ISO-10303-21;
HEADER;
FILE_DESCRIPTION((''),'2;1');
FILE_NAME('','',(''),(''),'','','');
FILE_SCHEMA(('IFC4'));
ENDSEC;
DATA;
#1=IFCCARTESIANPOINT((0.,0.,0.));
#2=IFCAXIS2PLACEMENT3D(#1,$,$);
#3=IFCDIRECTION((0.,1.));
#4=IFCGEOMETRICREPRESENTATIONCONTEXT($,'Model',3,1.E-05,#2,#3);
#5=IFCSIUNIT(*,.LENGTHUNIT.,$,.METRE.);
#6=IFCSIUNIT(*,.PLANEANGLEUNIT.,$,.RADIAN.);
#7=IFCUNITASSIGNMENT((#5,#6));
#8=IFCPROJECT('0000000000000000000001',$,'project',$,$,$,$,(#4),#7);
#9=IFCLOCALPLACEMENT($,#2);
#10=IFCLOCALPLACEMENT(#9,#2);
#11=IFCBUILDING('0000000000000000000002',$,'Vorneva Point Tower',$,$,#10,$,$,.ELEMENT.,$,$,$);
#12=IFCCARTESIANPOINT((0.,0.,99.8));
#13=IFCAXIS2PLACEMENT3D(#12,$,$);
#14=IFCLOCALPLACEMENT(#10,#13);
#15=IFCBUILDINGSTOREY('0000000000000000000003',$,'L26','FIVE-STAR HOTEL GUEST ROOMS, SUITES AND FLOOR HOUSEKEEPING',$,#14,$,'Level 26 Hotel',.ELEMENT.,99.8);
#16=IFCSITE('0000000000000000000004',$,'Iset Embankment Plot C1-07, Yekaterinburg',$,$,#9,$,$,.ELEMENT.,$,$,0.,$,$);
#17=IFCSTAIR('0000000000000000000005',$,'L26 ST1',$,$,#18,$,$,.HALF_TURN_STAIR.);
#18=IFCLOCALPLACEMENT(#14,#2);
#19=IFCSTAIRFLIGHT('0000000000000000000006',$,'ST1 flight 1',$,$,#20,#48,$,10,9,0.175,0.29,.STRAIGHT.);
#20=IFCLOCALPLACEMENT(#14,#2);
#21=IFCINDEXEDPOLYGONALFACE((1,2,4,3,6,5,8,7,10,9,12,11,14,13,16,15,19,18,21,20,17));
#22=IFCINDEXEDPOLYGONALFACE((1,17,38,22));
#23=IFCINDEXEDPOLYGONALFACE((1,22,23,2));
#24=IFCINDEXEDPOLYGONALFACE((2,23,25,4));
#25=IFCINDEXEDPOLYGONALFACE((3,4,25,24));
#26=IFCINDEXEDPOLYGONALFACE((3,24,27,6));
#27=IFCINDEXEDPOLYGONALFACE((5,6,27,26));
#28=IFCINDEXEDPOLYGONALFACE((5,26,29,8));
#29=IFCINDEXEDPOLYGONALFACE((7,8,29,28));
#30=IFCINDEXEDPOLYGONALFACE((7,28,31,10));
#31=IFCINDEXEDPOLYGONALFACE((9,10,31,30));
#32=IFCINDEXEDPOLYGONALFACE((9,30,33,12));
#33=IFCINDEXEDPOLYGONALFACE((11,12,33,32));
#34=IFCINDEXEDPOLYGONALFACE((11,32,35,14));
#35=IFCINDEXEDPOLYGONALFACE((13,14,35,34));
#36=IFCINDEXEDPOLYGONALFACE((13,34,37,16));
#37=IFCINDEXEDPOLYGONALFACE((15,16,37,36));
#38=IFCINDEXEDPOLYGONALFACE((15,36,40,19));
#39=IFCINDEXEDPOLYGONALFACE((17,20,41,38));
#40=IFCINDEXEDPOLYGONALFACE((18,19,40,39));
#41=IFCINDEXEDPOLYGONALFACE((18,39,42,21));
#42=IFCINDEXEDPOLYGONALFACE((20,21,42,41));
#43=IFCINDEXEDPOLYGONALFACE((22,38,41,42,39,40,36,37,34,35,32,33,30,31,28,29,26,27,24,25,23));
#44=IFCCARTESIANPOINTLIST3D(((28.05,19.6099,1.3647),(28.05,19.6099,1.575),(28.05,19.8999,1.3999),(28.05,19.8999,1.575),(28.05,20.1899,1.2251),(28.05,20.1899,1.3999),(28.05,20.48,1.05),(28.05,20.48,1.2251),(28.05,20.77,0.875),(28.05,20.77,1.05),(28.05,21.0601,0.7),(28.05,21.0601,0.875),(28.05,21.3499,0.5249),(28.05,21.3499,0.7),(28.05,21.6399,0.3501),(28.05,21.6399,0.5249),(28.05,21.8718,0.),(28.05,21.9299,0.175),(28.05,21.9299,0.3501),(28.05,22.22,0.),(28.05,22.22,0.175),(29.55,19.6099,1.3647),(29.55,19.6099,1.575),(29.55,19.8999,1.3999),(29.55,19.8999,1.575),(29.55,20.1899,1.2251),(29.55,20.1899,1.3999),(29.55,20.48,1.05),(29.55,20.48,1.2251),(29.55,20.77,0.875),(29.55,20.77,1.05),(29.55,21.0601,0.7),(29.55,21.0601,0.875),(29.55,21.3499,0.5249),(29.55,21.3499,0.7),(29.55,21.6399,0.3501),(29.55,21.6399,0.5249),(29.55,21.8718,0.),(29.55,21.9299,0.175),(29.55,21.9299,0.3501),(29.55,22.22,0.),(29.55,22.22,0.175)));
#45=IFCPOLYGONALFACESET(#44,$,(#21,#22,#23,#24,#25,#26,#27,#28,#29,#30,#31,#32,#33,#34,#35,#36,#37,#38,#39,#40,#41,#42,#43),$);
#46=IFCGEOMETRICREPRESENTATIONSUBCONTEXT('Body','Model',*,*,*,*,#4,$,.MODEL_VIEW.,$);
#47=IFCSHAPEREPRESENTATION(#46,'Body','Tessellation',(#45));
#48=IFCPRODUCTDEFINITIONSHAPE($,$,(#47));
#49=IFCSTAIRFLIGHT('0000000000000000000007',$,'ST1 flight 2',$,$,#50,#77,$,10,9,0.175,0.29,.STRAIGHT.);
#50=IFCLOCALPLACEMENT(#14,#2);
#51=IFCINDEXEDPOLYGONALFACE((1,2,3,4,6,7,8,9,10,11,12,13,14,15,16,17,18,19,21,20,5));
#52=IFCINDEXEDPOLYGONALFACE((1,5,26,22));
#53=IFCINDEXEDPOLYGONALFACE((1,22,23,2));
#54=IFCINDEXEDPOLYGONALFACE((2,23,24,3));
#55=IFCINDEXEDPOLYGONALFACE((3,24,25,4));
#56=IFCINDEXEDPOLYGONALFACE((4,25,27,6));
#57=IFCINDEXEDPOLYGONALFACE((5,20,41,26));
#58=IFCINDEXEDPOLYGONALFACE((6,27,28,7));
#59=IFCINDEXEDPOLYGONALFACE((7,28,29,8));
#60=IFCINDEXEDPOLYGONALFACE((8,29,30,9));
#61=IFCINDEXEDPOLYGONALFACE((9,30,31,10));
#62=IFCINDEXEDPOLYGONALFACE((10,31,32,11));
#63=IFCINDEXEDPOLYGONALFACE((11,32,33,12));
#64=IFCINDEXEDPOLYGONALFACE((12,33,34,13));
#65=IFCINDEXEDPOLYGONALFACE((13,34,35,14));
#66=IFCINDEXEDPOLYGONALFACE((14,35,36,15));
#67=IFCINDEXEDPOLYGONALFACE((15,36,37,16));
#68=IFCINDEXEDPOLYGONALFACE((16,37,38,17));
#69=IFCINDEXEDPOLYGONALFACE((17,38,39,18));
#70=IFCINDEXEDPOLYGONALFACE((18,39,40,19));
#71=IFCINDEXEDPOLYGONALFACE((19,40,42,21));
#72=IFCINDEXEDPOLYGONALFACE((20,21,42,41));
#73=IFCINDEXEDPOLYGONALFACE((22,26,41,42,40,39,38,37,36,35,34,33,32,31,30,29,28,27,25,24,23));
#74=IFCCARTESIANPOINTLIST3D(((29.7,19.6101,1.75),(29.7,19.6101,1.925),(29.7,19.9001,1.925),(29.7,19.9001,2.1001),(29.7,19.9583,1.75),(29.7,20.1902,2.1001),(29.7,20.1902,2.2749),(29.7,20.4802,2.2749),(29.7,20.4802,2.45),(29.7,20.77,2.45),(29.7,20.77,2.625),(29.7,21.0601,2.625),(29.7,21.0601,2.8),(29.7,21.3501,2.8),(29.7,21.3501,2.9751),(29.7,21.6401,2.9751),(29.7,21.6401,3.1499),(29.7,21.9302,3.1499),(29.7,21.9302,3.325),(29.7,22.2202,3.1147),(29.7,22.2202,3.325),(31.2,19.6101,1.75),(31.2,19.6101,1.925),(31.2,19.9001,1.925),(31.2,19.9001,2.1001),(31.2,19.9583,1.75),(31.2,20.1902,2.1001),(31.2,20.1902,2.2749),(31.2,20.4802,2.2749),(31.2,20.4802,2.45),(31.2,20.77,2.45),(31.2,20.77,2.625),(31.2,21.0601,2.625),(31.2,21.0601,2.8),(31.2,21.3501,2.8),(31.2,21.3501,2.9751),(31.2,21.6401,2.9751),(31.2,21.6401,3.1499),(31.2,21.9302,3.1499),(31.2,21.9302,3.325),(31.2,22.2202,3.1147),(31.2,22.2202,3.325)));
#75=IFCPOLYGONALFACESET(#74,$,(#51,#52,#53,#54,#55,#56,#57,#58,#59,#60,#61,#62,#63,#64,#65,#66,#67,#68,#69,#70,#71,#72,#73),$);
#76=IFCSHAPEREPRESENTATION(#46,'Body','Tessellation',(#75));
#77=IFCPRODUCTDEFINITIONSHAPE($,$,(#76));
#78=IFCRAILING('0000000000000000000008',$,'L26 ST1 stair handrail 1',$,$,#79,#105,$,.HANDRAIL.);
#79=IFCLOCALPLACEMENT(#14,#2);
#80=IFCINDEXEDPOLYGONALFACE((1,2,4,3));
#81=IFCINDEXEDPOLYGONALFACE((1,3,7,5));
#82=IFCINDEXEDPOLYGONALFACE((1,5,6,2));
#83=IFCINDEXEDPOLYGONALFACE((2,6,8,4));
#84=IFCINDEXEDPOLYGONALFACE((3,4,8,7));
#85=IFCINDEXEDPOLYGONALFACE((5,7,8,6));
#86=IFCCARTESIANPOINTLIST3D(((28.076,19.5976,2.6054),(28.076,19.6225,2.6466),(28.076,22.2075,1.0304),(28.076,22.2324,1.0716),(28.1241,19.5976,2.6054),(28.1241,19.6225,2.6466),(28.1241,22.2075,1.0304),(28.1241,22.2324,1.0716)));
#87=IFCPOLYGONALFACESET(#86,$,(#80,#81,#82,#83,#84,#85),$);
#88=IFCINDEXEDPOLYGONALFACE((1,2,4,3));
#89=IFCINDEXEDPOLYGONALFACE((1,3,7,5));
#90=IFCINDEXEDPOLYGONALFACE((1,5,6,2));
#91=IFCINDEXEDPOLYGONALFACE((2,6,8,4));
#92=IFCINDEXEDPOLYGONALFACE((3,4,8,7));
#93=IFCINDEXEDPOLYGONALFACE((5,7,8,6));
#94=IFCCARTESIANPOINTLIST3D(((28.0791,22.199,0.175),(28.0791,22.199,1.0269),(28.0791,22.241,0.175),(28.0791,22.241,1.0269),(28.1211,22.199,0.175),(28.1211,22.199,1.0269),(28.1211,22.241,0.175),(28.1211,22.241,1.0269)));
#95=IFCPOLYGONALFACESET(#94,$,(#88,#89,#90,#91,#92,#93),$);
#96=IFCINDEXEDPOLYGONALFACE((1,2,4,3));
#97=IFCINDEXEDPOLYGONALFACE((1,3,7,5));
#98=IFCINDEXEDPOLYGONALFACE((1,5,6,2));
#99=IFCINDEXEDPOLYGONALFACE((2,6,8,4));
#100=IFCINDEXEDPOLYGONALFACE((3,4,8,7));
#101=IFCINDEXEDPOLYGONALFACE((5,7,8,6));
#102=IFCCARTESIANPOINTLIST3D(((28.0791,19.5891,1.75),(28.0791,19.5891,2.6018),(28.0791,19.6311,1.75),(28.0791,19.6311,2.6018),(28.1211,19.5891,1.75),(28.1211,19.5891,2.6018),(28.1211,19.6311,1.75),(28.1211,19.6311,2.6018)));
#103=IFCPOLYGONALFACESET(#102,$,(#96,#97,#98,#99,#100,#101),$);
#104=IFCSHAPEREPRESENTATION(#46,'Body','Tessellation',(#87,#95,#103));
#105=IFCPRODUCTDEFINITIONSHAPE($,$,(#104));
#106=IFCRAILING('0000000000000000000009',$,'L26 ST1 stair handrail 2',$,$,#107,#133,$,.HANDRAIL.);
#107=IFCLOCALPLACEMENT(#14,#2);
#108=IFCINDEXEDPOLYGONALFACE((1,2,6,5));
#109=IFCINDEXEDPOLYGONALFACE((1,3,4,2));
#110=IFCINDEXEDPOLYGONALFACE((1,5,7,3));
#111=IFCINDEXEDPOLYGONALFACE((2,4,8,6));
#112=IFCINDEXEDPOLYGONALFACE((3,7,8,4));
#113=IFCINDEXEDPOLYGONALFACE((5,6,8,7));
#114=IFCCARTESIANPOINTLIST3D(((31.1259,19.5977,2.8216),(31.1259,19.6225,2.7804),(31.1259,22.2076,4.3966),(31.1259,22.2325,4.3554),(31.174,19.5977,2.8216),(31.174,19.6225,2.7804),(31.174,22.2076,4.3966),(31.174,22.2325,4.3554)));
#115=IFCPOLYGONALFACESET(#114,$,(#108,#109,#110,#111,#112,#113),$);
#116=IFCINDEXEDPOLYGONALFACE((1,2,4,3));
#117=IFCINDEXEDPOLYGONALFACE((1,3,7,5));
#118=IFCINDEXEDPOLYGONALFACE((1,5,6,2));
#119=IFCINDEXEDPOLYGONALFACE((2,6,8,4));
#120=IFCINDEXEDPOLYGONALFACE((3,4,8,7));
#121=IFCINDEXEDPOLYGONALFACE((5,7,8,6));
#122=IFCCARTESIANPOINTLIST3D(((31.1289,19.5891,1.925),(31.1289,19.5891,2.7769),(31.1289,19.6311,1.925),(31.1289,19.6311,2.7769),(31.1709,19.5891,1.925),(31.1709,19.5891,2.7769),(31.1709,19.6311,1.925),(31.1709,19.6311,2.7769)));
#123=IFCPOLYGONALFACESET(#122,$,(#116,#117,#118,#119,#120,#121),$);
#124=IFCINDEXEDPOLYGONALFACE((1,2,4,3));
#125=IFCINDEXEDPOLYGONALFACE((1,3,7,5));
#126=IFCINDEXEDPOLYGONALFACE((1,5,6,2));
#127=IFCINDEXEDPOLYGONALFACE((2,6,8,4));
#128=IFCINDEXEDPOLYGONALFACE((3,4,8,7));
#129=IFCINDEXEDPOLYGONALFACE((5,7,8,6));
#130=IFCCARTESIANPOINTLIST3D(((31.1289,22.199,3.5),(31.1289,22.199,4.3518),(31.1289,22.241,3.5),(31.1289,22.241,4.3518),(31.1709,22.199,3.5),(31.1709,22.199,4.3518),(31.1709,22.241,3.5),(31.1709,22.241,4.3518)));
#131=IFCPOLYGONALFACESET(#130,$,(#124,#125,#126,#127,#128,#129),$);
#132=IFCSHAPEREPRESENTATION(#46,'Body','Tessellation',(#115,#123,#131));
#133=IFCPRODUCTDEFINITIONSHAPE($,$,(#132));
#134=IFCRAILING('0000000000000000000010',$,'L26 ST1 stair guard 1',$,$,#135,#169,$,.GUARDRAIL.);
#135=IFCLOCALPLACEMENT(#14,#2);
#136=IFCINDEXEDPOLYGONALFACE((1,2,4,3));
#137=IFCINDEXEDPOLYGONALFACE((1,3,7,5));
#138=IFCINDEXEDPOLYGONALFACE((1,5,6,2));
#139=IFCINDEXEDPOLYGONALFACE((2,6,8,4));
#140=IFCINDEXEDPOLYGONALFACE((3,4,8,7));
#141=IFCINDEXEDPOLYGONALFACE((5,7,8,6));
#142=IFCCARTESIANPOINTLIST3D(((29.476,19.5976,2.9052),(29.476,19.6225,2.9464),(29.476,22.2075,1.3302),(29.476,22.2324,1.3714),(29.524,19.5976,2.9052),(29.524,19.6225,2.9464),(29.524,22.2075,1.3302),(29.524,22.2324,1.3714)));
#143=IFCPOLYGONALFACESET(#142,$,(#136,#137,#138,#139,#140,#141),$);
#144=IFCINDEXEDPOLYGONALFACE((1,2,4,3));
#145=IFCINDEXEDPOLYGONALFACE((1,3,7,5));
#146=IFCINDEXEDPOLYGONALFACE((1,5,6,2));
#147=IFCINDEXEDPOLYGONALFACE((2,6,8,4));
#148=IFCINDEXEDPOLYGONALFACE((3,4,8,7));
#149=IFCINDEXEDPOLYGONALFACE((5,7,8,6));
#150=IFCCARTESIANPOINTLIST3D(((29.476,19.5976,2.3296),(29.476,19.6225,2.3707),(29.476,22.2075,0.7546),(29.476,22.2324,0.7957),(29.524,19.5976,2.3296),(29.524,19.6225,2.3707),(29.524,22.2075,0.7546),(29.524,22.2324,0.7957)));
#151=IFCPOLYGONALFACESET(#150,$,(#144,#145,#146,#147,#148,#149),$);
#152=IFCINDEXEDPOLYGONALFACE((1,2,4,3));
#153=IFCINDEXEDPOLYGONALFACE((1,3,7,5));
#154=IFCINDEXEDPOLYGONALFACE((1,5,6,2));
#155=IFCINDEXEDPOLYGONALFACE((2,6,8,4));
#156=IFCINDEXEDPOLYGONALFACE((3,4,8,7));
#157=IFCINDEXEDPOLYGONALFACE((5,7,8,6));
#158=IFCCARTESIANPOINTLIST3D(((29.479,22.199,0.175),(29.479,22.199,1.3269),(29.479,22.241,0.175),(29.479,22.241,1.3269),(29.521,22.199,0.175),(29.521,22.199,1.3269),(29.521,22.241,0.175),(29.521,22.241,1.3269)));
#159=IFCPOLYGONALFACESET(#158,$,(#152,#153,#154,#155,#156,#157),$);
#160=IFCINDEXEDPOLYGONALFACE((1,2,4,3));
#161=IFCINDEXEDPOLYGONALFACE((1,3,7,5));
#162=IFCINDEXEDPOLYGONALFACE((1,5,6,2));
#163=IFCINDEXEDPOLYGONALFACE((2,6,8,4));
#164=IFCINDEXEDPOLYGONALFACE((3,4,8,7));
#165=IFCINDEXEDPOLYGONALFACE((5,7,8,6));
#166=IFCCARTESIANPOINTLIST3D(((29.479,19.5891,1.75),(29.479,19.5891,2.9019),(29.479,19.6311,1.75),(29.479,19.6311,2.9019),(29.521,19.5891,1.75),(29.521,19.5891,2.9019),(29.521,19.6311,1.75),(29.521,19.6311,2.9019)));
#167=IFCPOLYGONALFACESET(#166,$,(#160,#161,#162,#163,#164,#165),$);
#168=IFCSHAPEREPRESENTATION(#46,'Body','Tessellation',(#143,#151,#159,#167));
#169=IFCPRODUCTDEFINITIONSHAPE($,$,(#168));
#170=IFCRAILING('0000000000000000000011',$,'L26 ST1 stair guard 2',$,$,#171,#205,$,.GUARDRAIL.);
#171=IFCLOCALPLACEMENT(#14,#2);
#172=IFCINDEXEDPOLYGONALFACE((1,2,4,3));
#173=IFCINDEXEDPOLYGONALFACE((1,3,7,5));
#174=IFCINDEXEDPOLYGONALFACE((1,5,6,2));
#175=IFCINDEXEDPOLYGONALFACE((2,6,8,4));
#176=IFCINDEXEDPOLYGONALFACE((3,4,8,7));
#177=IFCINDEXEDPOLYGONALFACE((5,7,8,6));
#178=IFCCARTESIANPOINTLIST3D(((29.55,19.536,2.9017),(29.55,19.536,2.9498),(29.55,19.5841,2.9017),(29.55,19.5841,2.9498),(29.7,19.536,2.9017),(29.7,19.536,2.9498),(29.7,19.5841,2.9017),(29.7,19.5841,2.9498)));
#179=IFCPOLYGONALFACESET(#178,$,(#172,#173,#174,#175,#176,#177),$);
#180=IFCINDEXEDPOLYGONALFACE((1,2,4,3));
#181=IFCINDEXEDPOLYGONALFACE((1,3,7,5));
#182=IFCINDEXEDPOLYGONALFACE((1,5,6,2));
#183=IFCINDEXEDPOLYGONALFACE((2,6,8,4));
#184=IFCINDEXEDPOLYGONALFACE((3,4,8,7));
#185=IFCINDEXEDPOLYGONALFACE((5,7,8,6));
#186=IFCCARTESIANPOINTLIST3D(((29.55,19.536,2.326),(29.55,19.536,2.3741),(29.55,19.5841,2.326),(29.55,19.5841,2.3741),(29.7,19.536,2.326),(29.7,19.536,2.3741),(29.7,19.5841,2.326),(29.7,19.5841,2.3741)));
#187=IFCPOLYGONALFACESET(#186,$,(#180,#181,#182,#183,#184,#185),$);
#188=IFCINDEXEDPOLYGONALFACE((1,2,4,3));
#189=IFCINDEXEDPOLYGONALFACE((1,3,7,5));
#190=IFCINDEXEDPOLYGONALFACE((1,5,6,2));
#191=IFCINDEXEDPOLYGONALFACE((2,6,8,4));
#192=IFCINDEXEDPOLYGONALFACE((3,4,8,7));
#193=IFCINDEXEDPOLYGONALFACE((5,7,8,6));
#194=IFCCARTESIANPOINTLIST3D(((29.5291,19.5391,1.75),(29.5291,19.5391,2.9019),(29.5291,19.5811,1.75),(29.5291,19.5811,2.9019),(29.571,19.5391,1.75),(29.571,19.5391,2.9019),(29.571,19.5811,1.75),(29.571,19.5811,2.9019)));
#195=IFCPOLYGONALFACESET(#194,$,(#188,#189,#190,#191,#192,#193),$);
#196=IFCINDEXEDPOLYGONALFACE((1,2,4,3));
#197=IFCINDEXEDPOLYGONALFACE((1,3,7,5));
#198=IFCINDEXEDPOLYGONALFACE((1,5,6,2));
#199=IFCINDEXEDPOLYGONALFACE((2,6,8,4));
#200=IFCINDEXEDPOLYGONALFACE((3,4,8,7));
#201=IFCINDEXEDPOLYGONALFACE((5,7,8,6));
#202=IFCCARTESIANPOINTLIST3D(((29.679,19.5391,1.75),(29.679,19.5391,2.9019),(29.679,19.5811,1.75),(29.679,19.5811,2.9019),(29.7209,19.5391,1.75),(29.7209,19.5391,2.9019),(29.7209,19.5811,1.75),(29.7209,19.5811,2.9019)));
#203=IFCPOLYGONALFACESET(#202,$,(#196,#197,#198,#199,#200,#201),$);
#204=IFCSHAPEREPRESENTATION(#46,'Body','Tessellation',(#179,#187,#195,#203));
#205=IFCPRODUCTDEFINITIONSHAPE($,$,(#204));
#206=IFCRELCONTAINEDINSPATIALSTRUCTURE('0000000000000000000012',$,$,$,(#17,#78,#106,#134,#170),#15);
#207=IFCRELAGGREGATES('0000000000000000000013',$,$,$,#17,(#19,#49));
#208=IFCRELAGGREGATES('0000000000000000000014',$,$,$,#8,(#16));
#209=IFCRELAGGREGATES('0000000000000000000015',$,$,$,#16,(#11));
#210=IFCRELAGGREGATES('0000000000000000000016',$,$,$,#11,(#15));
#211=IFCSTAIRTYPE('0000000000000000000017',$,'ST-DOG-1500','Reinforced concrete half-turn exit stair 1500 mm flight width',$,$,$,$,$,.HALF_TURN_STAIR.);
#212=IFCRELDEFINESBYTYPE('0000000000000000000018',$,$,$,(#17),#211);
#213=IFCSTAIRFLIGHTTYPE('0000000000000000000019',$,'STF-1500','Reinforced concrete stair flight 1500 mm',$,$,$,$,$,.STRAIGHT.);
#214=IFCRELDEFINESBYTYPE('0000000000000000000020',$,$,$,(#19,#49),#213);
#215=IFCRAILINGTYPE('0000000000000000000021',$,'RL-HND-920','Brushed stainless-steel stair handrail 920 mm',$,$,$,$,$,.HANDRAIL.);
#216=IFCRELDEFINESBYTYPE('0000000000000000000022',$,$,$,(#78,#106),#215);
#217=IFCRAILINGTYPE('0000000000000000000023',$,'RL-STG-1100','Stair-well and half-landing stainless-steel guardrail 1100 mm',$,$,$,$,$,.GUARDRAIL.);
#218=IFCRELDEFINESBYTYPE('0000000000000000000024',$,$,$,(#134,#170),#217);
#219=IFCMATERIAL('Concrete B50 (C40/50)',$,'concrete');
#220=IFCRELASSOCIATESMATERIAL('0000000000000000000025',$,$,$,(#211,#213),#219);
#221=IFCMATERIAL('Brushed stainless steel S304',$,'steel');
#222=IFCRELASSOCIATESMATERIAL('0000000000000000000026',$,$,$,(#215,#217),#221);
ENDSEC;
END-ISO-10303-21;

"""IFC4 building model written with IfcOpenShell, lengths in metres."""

from ifc_helpers import new_model, si_unit, direction, frame, origin, origin_2d, place, context, subcontext, project, spatial, polyline, rectangle, outline, extrude, material, type_object, element, aggregate, save


model = new_model("IFC4")

# Units and contexts
model_context = context("Model", 3, precision=1e-05, world=origin(), true_north=direction((0.0, 1.0)))
body_context = subcontext(model_context, "Body", "Model", "MODEL_VIEW")
ifc_project = project(units=[si_unit("LENGTHUNIT", "METRE"), si_unit("PLANEANGLEUNIT", "RADIAN")], contexts=[model_context])

# Site, building, storey
site_placement = place(None, origin())
site = spatial("IfcSite", under=ifc_project, at=site_placement, Name="Iset Embankment Plot C1-07, Yekaterinburg", CompositionType="ELEMENT", RefElevation=0.0)
building_placement = place(site_placement, origin())
building = spatial("IfcBuilding", under=site, at=building_placement, Name="Vorneva Point Tower", CompositionType="ELEMENT")
storey_placement = place(building_placement, frame((0.0, 0.0, 99.8)))
storey = spatial("IfcBuildingStorey", under=building, at=storey_placement, Name="L26", Description="FIVE-STAR HOTEL GUEST ROOMS, SUITES AND FLOOR HOUSEKEEPING", LongName="Level 26 Hotel", CompositionType="ELEMENT", Elevation=99.8)

# Shared definitions
ifc_material_1 = material(Name="Concrete B50 (C40/50)", Category="concrete")

# Stair, stair flights
stair_type = type_object("IfcStairType", Name="ST-DOG-1500", Description="Reinforced concrete half-turn exit stair 1500 mm flight width", PredefinedType="HALF_TURN_STAIR", material=ifc_material_1)
stair_placement = place(storey_placement, origin())
stair = element("IfcStair", 1, at=stair_placement, inside=storey, type_object=stair_type, Name="L26 ST1", PredefinedType="HALF_TURN_STAIR")
stair_flight_type = type_object("IfcStairFlightType", Name="STF-1500", Description="Reinforced concrete stair flight 1500 mm", PredefinedType="STRAIGHT", material=ifc_material_1)
stair_flight_1_placement = place(storey_placement, frame((28.8, 22.22, 0.0), z_axis=(0.0, 0.0, 1.0), x_axis=(0.0, -1.0, 0.0)))
stair_flight_1 = element("IfcStairFlight", 2, at=stair_flight_1_placement, type_object=stair_flight_type, Name="ST1 flight 1", NumberOfRisers=10, NumberOfTreads=9, PredefinedType="STRAIGHT", RiserHeight=0.175, TreadLength=0.29, context=body_context, shape_type="SweptSolid", body=[
    extrude(outline(polyline([(0.0, 0.0), (0.0, 0.175), (0.29, 0.175), (0.29, 0.3501), (0.5801, 0.3501), (0.5801, 0.5249), (0.8701, 0.5249), (0.8701, 0.7), (1.1599, 0.7), (1.1599, 0.875), (1.45, 0.875), (1.45, 1.05), (1.74, 1.05), (1.74, 1.2251), (2.03, 1.2251), (2.03, 1.3999), (2.3201, 1.3999), (2.3201, 1.575), (2.6101, 1.575), (2.6101, 1.75), (2.6101, 1.3647), (0.3481, 0.0), (0.0, 0.0)])), frame((0.0, 0.75, 0.0), z_axis=(0.0, -1.0, 0.0), x_axis=(1.0, 0.0, 0.0)), (0.0, 0.0, 1.0), 1.5),
])
stair_flight_2_placement = place(storey_placement, frame((30.45, 19.6101, 1.75), z_axis=(0.0, 0.0, 1.0), x_axis=(0.0, 1.0, 0.0)))
stair_flight_2 = element("IfcStairFlight", 3, at=stair_flight_2_placement, type_object=stair_flight_type, Name="ST1 flight 2", NumberOfRisers=10, NumberOfTreads=9, PredefinedType="STRAIGHT", RiserHeight=0.175, TreadLength=0.29, context=body_context, shape_type="SweptSolid", body=[
    extrude(outline(polyline([(0.0, 0.0), (0.0, 0.175), (0.29, 0.175), (0.29, 0.3501), (0.5801, 0.3501), (0.5801, 0.5249), (0.8701, 0.5249), (0.8701, 0.7), (1.1599, 0.7), (1.1599, 0.875), (1.45, 0.875), (1.45, 1.05), (1.74, 1.05), (1.74, 1.2251), (2.03, 1.2251), (2.03, 1.3999), (2.3201, 1.3999), (2.3201, 1.575), (2.6101, 1.575), (2.6101, 1.75), (2.6101, 1.3647), (0.3481, 0.0), (0.0, 0.0)])), frame((0.0, 0.75, 0.0), z_axis=(0.0, -1.0, 0.0), x_axis=(1.0, 0.0, 0.0)), (0.0, 0.0, 1.0), 1.5),
])
aggregate(stair, [stair_flight_1, stair_flight_2])

# Railings
ifc_material_2 = material(Name="Brushed stainless steel S304", Category="steel")
railing_type_1 = type_object("IfcRailingType", Name="RL-HND-920", Description="Brushed stainless-steel stair handrail 920 mm", PredefinedType="HANDRAIL", material=ifc_material_2)
railing_1_placement = place(storey_placement, frame((28.1001, 22.22, 0.175)))
element("IfcRailing", 4, at=railing_1_placement, inside=storey, type_object=railing_type_1, Name="L26 ST1 stair handrail 1", PredefinedType="HANDRAIL", context=body_context, shape_type="SweptSolid", body=[
    extrude(rectangle(XDim=0.0481, YDim=0.0481, at=origin_2d()), frame((0.0, 0.0, 0.876), z_axis=(0.0, -0.856183, 0.516673), x_axis=(1.0, 0.0, 0.0)), (0.0, 0.0, 1.0), 3.0483),
    extrude(rectangle(XDim=0.042, YDim=0.042, at=origin_2d()), origin(), (0.0, 0.0, 1.0), 0.8518),
    extrude(rectangle(XDim=0.042, YDim=0.042, at=origin_2d()), frame((0.0, -2.6099, 1.575)), (0.0, 0.0, 1.0), 0.8518),
])
railing_2_placement = place(storey_placement, frame((31.1499, 19.6101, 1.925)))
element("IfcRailing", 5, at=railing_2_placement, inside=storey, type_object=railing_type_1, Name="L26 ST1 stair handrail 2", PredefinedType="HANDRAIL", context=body_context, shape_type="SweptSolid", body=[
    extrude(rectangle(XDim=0.0481, YDim=0.0481, at=origin_2d()), frame((0.0, 0.0, 0.876), z_axis=(0.0, 0.856183, 0.516673), x_axis=(-1.0, 0.0, 0.0)), (0.0, 0.0, 1.0), 3.0483),
    extrude(rectangle(XDim=0.042, YDim=0.042, at=origin_2d()), origin(), (0.0, 0.0, 1.0), 0.8518),
    extrude(rectangle(XDim=0.042, YDim=0.042, at=origin_2d()), frame((0.0, 2.6099, 1.575)), (0.0, 0.0, 1.0), 0.8518),
])
railing_type_2 = type_object("IfcRailingType", Name="RL-STG-1100", Description="Stair-well and half-landing stainless-steel guardrail 1100 mm", PredefinedType="GUARDRAIL", material=ifc_material_2)
railing_3_placement = place(storey_placement, frame((29.5, 22.22, 0.175)))
element("IfcRailing", 6, at=railing_3_placement, inside=storey, type_object=railing_type_2, Name="L26 ST1 stair guard 1", PredefinedType="GUARDRAIL", context=body_context, shape_type="SweptSolid", body=[
    extrude(rectangle(XDim=0.0481, YDim=0.0481, at=origin_2d()), frame((0.0, 0.0, 1.1758), z_axis=(0.0, -0.856183, 0.516673), x_axis=(1.0, 0.0, 0.0)), (0.0, 0.0, 1.0), 3.0483),
    extrude(rectangle(XDim=0.0481, YDim=0.0481, at=origin_2d()), frame((0.0, 0.0, 0.6001), z_axis=(0.0, -0.856183, 0.516673), x_axis=(1.0, 0.0, 0.0)), (0.0, 0.0, 1.0), 3.0483),
    extrude(rectangle(XDim=0.042, YDim=0.042, at=origin_2d()), origin(), (0.0, 0.0, 1.0), 1.1519),
    extrude(rectangle(XDim=0.042, YDim=0.042, at=origin_2d()), frame((0.0, -2.6099, 1.575)), (0.0, 0.0, 1.0), 1.1519),
])
railing_4_placement = place(storey_placement, frame((29.55, 19.5601, 1.75)))
element("IfcRailing", 7, at=railing_4_placement, inside=storey, type_object=railing_type_2, Name="L26 ST1 stair guard 2", PredefinedType="GUARDRAIL", context=body_context, shape_type="SweptSolid", body=[
    extrude(rectangle(XDim=0.0481, YDim=0.0481, at=origin_2d()), frame((0.0, 0.0, 1.1758), z_axis=(1.0, 0.0, 0.0), x_axis=(0.0, 1.0, 0.0)), (0.0, 0.0, 1.0), 0.1499),
    extrude(rectangle(XDim=0.0481, YDim=0.0481, at=origin_2d()), frame((0.0, 0.0, 0.6001), z_axis=(1.0, 0.0, 0.0), x_axis=(0.0, 1.0, 0.0)), (0.0, 0.0, 1.0), 0.1499),
    extrude(rectangle(XDim=0.042, YDim=0.042, at=origin_2d()), origin(), (0.0, 0.0, 1.0), 1.1519),
    extrude(rectangle(XDim=0.042, YDim=0.042, at=origin_2d()), frame((0.1499, 0.0, 0.0)), (0.0, 0.0, 1.0), 1.1519),
])

save(model, "model.ifc")
